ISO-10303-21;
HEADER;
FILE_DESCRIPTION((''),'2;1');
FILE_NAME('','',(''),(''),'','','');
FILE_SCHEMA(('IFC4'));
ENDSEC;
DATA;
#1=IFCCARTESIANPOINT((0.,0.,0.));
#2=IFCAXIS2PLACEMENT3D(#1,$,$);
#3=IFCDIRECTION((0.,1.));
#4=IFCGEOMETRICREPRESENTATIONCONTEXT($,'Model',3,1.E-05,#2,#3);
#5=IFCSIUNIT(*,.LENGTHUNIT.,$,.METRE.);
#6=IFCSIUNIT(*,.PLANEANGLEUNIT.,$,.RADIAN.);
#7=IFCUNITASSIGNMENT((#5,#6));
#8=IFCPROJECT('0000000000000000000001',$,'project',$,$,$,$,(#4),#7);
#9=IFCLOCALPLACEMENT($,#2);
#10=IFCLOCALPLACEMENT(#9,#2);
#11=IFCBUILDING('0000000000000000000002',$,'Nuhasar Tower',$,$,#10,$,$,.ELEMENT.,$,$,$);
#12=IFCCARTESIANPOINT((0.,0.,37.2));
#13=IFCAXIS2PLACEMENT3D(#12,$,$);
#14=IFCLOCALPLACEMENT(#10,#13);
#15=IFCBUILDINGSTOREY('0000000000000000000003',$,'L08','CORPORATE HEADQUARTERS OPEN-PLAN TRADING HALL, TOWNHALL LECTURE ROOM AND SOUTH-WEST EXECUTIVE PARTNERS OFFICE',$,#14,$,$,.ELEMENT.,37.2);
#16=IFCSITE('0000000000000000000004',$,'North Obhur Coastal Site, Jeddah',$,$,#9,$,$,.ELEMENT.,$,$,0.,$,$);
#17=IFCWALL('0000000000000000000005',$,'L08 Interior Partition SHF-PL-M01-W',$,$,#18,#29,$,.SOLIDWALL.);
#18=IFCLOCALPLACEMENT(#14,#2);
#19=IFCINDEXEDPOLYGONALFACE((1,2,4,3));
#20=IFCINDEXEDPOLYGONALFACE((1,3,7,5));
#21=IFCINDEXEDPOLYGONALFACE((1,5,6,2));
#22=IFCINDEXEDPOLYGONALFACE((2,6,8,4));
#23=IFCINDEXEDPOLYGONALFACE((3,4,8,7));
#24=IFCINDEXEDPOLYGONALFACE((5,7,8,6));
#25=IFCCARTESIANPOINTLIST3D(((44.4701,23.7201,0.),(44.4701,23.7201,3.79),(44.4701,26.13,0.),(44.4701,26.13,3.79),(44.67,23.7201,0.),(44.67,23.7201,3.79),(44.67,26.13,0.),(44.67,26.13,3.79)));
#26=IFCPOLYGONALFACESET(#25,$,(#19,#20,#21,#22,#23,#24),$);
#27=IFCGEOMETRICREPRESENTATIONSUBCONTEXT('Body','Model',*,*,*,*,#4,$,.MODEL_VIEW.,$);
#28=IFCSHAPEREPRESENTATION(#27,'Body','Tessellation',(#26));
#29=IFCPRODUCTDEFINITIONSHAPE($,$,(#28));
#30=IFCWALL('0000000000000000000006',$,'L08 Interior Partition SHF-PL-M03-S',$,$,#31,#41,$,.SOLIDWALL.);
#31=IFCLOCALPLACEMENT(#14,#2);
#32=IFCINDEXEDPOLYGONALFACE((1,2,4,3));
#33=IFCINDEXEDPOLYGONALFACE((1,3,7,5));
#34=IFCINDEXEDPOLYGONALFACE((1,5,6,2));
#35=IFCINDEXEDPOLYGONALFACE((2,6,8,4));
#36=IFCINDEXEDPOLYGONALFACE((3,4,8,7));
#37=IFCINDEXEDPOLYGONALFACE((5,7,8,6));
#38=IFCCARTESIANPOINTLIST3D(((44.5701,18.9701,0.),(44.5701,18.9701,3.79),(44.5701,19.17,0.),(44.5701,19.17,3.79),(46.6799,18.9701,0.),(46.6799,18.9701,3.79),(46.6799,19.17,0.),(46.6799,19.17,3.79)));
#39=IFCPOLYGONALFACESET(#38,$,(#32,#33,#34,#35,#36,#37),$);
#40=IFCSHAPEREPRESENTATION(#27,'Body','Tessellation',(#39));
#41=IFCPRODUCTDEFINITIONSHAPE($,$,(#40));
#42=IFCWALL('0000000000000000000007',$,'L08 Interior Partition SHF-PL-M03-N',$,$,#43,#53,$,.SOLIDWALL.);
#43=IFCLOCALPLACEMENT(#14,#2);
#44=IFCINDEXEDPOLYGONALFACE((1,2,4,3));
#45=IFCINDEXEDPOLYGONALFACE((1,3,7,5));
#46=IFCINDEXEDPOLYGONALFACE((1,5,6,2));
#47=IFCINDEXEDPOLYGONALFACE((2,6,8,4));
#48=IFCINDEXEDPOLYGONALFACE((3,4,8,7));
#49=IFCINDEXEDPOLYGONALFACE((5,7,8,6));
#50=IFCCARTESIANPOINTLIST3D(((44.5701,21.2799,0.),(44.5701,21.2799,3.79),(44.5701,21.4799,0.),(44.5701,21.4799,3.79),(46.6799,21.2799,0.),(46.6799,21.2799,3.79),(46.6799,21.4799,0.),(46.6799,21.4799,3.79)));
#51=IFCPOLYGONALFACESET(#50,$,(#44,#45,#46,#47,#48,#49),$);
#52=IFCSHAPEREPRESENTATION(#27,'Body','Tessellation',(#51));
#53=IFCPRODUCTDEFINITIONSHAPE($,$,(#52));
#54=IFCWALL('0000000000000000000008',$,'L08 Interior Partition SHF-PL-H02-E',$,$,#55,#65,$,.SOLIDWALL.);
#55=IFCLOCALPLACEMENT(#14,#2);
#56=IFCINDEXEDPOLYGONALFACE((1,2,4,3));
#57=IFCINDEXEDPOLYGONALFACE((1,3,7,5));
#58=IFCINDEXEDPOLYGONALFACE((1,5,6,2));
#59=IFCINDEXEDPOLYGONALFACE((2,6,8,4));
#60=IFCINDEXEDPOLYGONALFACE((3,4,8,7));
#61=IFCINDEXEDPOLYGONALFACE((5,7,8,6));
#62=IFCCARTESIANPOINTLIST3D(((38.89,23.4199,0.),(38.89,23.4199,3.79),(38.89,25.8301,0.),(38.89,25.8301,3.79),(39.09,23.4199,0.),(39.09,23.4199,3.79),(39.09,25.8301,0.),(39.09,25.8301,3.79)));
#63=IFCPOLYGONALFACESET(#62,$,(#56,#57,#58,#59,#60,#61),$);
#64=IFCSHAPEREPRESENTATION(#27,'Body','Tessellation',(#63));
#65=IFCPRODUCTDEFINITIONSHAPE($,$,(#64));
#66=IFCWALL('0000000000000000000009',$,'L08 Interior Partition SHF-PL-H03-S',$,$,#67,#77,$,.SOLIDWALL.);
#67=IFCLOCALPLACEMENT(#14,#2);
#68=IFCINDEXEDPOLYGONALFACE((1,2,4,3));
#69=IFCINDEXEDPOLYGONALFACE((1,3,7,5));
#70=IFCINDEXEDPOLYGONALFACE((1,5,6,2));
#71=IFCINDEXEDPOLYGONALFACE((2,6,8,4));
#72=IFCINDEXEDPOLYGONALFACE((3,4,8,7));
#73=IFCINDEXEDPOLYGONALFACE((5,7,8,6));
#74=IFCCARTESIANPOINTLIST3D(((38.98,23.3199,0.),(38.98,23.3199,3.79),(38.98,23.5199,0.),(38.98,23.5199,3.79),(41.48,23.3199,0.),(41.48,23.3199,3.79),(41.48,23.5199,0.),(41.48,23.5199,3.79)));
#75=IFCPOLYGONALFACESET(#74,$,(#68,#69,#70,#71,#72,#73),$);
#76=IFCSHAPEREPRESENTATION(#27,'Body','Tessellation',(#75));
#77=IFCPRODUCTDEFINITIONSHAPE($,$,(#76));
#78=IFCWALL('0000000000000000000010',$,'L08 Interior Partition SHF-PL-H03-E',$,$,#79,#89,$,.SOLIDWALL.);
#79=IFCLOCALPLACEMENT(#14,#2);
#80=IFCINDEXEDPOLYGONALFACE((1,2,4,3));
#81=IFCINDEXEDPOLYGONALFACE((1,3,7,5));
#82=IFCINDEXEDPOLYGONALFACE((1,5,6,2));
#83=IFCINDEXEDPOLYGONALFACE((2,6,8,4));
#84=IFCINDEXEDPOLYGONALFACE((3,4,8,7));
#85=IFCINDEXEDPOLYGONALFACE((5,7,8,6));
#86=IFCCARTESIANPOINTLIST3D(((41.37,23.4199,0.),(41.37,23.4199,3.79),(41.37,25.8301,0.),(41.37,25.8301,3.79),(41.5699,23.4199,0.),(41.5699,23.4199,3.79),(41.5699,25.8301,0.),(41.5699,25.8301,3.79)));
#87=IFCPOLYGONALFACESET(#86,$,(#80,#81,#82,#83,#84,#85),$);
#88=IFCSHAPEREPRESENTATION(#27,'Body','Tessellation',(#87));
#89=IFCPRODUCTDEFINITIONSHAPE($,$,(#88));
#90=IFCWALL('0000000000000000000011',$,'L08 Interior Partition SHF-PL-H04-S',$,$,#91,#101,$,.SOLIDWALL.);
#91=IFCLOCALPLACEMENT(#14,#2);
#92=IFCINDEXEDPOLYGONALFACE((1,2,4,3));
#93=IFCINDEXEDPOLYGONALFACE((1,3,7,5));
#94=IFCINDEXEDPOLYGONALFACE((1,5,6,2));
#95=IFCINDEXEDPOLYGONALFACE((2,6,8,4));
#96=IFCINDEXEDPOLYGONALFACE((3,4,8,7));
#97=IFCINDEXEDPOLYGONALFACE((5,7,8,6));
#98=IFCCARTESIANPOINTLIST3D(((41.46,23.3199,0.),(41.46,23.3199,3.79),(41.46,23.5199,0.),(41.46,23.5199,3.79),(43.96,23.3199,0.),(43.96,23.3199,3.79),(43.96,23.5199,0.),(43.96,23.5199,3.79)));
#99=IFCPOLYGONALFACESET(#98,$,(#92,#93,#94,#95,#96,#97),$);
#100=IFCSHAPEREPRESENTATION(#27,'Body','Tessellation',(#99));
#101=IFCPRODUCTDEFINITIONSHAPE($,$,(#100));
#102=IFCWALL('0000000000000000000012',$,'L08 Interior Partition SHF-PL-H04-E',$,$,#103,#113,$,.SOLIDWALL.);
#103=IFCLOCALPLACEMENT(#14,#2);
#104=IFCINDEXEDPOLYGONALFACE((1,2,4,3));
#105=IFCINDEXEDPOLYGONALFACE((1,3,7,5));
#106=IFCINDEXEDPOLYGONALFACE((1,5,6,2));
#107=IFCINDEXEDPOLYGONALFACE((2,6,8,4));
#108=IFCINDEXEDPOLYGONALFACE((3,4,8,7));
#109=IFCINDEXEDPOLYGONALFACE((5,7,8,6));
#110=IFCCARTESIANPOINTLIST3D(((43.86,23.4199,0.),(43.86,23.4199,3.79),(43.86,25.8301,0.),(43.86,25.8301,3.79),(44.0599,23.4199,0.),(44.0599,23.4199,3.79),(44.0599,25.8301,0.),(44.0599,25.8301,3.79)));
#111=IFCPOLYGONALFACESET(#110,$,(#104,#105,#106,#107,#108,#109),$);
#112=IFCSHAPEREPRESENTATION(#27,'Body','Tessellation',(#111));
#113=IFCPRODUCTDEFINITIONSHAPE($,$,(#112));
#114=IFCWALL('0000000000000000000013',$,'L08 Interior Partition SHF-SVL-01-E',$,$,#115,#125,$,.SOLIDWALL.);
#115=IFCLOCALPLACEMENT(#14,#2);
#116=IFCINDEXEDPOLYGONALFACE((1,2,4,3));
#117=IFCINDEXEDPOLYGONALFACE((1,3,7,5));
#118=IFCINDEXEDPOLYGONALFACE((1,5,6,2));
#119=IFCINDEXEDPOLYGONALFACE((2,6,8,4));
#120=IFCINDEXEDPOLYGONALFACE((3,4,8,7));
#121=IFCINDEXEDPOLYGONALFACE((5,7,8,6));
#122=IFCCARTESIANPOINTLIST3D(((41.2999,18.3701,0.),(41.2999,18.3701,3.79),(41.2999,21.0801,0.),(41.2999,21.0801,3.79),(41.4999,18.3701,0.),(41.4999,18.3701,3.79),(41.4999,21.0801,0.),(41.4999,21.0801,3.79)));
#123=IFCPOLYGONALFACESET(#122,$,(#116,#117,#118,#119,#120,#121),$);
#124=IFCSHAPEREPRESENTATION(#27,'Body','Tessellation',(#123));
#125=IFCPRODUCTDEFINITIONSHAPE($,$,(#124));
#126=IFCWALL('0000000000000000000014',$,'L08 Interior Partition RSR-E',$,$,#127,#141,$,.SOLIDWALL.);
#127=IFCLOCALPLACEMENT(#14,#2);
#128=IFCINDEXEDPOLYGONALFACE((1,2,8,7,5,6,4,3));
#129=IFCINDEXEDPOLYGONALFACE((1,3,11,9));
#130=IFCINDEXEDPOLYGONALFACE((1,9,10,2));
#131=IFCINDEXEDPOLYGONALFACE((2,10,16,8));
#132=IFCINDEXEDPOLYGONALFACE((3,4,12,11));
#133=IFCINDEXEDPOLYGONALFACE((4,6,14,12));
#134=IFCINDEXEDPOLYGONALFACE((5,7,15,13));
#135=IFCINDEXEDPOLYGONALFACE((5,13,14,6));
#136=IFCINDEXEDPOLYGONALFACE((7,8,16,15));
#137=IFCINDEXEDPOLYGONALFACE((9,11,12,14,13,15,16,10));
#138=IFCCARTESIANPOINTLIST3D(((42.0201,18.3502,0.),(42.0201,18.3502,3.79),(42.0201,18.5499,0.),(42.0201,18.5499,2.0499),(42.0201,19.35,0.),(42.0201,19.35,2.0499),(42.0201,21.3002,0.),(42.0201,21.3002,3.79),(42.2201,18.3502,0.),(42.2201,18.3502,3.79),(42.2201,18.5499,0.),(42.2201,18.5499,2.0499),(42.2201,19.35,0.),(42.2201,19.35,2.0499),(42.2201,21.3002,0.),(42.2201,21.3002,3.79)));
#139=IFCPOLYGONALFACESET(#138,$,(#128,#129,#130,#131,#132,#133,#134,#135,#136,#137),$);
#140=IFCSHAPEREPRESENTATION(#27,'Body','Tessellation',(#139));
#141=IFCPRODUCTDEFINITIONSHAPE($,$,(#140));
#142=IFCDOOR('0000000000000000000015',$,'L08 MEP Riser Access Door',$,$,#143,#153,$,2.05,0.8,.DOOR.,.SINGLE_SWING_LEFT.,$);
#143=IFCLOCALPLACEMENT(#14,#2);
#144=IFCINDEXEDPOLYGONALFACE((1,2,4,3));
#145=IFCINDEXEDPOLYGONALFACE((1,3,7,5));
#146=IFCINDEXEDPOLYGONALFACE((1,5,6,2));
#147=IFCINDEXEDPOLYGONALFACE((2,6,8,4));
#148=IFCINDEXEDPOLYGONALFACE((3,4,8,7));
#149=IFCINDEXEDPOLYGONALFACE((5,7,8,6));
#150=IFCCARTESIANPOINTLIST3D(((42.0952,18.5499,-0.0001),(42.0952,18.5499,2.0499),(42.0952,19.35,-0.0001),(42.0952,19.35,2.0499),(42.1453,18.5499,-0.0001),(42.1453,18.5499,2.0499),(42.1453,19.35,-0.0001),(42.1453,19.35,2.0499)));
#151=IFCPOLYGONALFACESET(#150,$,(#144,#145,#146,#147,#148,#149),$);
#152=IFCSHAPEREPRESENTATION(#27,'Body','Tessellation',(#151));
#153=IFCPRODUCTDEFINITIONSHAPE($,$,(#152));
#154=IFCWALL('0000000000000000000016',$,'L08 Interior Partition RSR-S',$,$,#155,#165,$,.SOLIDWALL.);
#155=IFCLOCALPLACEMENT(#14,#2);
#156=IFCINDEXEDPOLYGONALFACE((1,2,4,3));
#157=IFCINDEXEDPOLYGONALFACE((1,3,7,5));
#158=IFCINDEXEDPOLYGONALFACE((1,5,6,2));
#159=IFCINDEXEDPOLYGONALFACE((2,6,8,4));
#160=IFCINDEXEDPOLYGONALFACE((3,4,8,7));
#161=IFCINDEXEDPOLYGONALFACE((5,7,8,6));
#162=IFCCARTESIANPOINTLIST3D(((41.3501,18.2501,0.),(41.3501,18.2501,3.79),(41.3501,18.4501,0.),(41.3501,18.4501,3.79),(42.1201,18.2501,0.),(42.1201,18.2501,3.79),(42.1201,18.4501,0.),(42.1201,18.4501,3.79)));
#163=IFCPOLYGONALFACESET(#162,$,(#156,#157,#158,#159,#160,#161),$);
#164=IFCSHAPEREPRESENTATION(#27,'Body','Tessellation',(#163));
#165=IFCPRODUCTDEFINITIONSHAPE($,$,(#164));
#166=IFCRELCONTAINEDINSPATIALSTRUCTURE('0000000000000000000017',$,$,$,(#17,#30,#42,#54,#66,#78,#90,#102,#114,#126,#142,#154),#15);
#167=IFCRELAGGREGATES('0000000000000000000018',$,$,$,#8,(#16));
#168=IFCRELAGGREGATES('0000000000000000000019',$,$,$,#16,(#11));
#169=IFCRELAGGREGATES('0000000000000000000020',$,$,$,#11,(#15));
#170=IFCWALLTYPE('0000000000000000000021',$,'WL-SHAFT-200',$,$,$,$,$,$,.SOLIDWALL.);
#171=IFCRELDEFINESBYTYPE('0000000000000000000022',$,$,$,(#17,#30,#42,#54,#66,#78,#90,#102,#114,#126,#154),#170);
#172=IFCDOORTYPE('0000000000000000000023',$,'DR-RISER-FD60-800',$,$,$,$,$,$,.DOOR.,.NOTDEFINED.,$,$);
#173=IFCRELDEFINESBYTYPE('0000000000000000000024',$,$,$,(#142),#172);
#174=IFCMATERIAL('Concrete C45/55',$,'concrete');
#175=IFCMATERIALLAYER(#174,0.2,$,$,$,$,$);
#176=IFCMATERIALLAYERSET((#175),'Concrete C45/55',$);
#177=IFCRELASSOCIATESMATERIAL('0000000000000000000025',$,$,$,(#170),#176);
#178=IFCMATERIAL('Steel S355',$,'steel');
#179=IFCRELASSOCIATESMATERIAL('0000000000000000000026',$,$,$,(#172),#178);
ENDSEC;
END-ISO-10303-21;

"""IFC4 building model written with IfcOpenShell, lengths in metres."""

from ifc_helpers import new_model, si_unit, direction, frame, frame_2d, origin, place, context, subcontext, project, spatial, rectangle, extrude, material, layer, layer_set, type_object, element, fill, save


model = new_model("IFC4")

# Units and contexts
model_context = context("Model", 3, precision=1e-05, world=origin(), true_north=direction((0.0, 1.0)))
body_context = subcontext(model_context, "Body", "Model", "MODEL_VIEW")
ifc_project = project(units=[si_unit("LENGTHUNIT", "METRE"), si_unit("PLANEANGLEUNIT", "RADIAN")], contexts=[model_context])

# Site, building, storey
site_placement = place(None, origin())
site = spatial("IfcSite", under=ifc_project, at=site_placement, Name="North Obhur Coastal Site, Jeddah", CompositionType="ELEMENT", RefElevation=0.0)
building_placement = place(site_placement, origin())
building = spatial("IfcBuilding", under=site, at=building_placement, Name="Nuhasar Tower", CompositionType="ELEMENT")
storey_placement = place(building_placement, frame((0.0, 0.0, 37.2)))
storey = spatial("IfcBuildingStorey", under=building, at=storey_placement, Name="L08", Description="CORPORATE HEADQUARTERS OPEN-PLAN TRADING HALL, TOWNHALL LECTURE ROOM AND SOUTH-WEST EXECUTIVE PARTNERS OFFICE", CompositionType="ELEMENT", Elevation=37.2)

# Shared definitions
ifc_material_1 = material(Name="Steel S355", Category="steel")

# Shared definitions
ifc_material_2 = material(Name="Concrete C45/55", Category="concrete")

# Walls
ifc_layer_1 = layer(ifc_material_2, 0.2)
ifc_layer_set_1 = layer_set([ifc_layer_1], Name="Concrete C45/55")
wall_type_1 = type_object("IfcWallType", Name="WL-SHAFT-200", PredefinedType="SOLIDWALL", material=ifc_layer_set_1)
wall_1_placement = place(storey_placement, frame((44.5701, 23.72, 0.0), z_axis=(0.0, 0.0, 1.0), x_axis=(0.0, 1.0, 0.0)))
element("IfcWall", 1, at=wall_1_placement, inside=storey, type_object=wall_type_1, Name="L08 Interior Partition SHF-PL-M01-W", PredefinedType="SOLIDWALL", context=body_context, shape_type="SweptSolid", body=[
    extrude(rectangle(XDim=2.4099, YDim=0.2, at=frame_2d((1.2051, 0.0))), origin(), (0.0, 0.0, 1.0), 3.79),
])
for number, where, z_axis, x_axis, name in (
    (2, (44.5701, 19.0701, 0.0), (0.0, 0.0, 1.0), (1.0, 0.0, 0.0), "L08 Interior Partition SHF-PL-M03-S"),
    (3, (44.5701, 21.3799, 0.0), (0.0, 0.0, 1.0), (1.0, 0.0, 0.0), "L08 Interior Partition SHF-PL-M03-N"),
):
    element("IfcWall", number, at=place(storey_placement, frame(where, z_axis=z_axis, x_axis=x_axis)), inside=storey, type_object=wall_type_1, Name=name, PredefinedType="SOLIDWALL", context=body_context, shape_type="SweptSolid", body=[
        extrude(rectangle(XDim=2.1099, YDim=0.2, at=frame_2d((1.0549, 0.0))), origin(), (0.0, 0.0, 1.0), 3.79),
    ])
wall_2_placement = place(storey_placement, frame((38.99, 23.4199, 0.0), z_axis=(0.0, 0.0, 1.0), x_axis=(0.0, 1.0, 0.0)))
element("IfcWall", 4, at=wall_2_placement, inside=storey, type_object=wall_type_1, Name="L08 Interior Partition SHF-PL-H02-E", PredefinedType="SOLIDWALL", context=body_context, shape_type="SweptSolid", body=[
    extrude(rectangle(XDim=2.4102, YDim=0.2, at=frame_2d((1.2051, 0.0))), origin(), (0.0, 0.0, 1.0), 3.79),
])
wall_3_placement = place(storey_placement, frame((38.98, 23.4199, 0.0), z_axis=(0.0, 0.0, 1.0), x_axis=(1.0, 0.0, 0.0)))
element("IfcWall", 5, at=wall_3_placement, inside=storey, type_object=wall_type_1, Name="L08 Interior Partition SHF-PL-H03-S", PredefinedType="SOLIDWALL", context=body_context, shape_type="SweptSolid", body=[
    extrude(rectangle(XDim=2.5, YDim=0.2, at=frame_2d((1.25, 0.0))), origin(), (0.0, 0.0, 1.0), 3.79),
])
wall_4_placement = place(storey_placement, frame((41.47, 23.4199, 0.0), z_axis=(0.0, 0.0, 1.0), x_axis=(0.0, 1.0, 0.0)))
element("IfcWall", 6, at=wall_4_placement, inside=storey, type_object=wall_type_1, Name="L08 Interior Partition SHF-PL-H03-E", PredefinedType="SOLIDWALL", context=body_context, shape_type="SweptSolid", body=[
    extrude(rectangle(XDim=2.4102, YDim=0.2, at=frame_2d((1.2051, 0.0))), origin(), (0.0, 0.0, 1.0), 3.79),
])
wall_5_placement = place(storey_placement, frame((41.46, 23.4199, 0.0), z_axis=(0.0, 0.0, 1.0), x_axis=(1.0, 0.0, 0.0)))
element("IfcWall", 7, at=wall_5_placement, inside=storey, type_object=wall_type_1, Name="L08 Interior Partition SHF-PL-H04-S", PredefinedType="SOLIDWALL", context=body_context, shape_type="SweptSolid", body=[
    extrude(rectangle(XDim=2.5, YDim=0.2, at=frame_2d((1.25, 0.0))), origin(), (0.0, 0.0, 1.0), 3.79),
])
wall_6_placement = place(storey_placement, frame((43.96, 23.4199, 0.0), z_axis=(0.0, 0.0, 1.0), x_axis=(0.0, 1.0, 0.0)))
element("IfcWall", 8, at=wall_6_placement, inside=storey, type_object=wall_type_1, Name="L08 Interior Partition SHF-PL-H04-E", PredefinedType="SOLIDWALL", context=body_context, shape_type="SweptSolid", body=[
    extrude(rectangle(XDim=2.4102, YDim=0.2, at=frame_2d((1.2051, 0.0))), origin(), (0.0, 0.0, 1.0), 3.79),
])
wall_7_placement = place(storey_placement, frame((41.3999, 18.3701, 0.0), z_axis=(0.0, 0.0, 1.0), x_axis=(0.0, 1.0, 0.0)))
element("IfcWall", 9, at=wall_7_placement, inside=storey, type_object=wall_type_1, Name="L08 Interior Partition SHF-SVL-01-E", PredefinedType="SOLIDWALL", context=body_context, shape_type="SweptSolid", body=[
    extrude(rectangle(XDim=2.71, YDim=0.2, at=frame_2d((1.355, 0.0))), origin(), (0.0, 0.0, 1.0), 3.79),
])

# Wall, opening, door
wall_8_placement = place(storey_placement, frame((42.1201, 18.3501, 0.0), z_axis=(0.0, 0.0, 1.0), x_axis=(0.0, 1.0, 0.0)))
wall_8 = element("IfcWall", 10, at=wall_8_placement, inside=storey, type_object=wall_type_1, Name="L08 Interior Partition RSR-E", PredefinedType="SOLIDWALL", context=body_context, shape_type="SweptSolid", body=[
    extrude(rectangle(XDim=2.95, YDim=0.2, at=frame_2d((1.4751, 0.0))), origin(), (0.0, 0.0, 1.0), 3.79),
])
opening_1_placement = place(wall_8_placement, frame((0.2, 0.0, 0.0)))
opening_1 = element("IfcOpeningElement", 11, at=opening_1_placement, cuts=wall_8, PredefinedType="OPENING", context=body_context, shape_type="SweptSolid", body=[
    extrude(rectangle(XDim=0.8, YDim=2.05, at=frame_2d((0.3999, 1.0249))), frame((0.0, 0.1099, 0.0), z_axis=(0.0, -1.0, 0.0), x_axis=(1.0, 0.0, 0.0)), (0.0, 0.0, 1.0), 0.22),
])
door_type_1 = type_object("IfcDoorType", Name="DR-RISER-FD60-800", OperationType="NOTDEFINED", PredefinedType="DOOR", material=ifc_material_1)
door_1_placement = place(opening_1_placement, origin())
door_1 = element("IfcDoor", 12, at=door_1_placement, inside=storey, type_object=door_type_1, Name="L08 MEP Riser Access Door", OperationType="SINGLE_SWING_LEFT", OverallHeight=2.05, OverallWidth=0.8, PredefinedType="DOOR", context=body_context, shape_type="SweptSolid", body=[
    extrude(rectangle(XDim=0.8, YDim=2.05, at=frame_2d((0.3999, 1.0249))), frame((0.0, 0.0249, 0.0), z_axis=(0.0, -1.0, 0.0), x_axis=(1.0, 0.0, 0.0)), (0.0, 0.0, 1.0), 0.05),
])
fill(opening_1, door_1)

# Wall
wall_9_placement = place(storey_placement, frame((41.3501, 18.3501, 0.0), z_axis=(0.0, 0.0, 1.0), x_axis=(1.0, 0.0, 0.0)))
element("IfcWall", 13, at=wall_9_placement, inside=storey, type_object=wall_type_1, Name="L08 Interior Partition RSR-S", PredefinedType="SOLIDWALL", context=body_context, shape_type="SweptSolid", body=[
    extrude(rectangle(XDim=0.77, YDim=0.2, at=frame_2d((0.385, 0.0))), origin(), (0.0, 0.0, 1.0), 3.79),
])

save(model, "model.ifc")
